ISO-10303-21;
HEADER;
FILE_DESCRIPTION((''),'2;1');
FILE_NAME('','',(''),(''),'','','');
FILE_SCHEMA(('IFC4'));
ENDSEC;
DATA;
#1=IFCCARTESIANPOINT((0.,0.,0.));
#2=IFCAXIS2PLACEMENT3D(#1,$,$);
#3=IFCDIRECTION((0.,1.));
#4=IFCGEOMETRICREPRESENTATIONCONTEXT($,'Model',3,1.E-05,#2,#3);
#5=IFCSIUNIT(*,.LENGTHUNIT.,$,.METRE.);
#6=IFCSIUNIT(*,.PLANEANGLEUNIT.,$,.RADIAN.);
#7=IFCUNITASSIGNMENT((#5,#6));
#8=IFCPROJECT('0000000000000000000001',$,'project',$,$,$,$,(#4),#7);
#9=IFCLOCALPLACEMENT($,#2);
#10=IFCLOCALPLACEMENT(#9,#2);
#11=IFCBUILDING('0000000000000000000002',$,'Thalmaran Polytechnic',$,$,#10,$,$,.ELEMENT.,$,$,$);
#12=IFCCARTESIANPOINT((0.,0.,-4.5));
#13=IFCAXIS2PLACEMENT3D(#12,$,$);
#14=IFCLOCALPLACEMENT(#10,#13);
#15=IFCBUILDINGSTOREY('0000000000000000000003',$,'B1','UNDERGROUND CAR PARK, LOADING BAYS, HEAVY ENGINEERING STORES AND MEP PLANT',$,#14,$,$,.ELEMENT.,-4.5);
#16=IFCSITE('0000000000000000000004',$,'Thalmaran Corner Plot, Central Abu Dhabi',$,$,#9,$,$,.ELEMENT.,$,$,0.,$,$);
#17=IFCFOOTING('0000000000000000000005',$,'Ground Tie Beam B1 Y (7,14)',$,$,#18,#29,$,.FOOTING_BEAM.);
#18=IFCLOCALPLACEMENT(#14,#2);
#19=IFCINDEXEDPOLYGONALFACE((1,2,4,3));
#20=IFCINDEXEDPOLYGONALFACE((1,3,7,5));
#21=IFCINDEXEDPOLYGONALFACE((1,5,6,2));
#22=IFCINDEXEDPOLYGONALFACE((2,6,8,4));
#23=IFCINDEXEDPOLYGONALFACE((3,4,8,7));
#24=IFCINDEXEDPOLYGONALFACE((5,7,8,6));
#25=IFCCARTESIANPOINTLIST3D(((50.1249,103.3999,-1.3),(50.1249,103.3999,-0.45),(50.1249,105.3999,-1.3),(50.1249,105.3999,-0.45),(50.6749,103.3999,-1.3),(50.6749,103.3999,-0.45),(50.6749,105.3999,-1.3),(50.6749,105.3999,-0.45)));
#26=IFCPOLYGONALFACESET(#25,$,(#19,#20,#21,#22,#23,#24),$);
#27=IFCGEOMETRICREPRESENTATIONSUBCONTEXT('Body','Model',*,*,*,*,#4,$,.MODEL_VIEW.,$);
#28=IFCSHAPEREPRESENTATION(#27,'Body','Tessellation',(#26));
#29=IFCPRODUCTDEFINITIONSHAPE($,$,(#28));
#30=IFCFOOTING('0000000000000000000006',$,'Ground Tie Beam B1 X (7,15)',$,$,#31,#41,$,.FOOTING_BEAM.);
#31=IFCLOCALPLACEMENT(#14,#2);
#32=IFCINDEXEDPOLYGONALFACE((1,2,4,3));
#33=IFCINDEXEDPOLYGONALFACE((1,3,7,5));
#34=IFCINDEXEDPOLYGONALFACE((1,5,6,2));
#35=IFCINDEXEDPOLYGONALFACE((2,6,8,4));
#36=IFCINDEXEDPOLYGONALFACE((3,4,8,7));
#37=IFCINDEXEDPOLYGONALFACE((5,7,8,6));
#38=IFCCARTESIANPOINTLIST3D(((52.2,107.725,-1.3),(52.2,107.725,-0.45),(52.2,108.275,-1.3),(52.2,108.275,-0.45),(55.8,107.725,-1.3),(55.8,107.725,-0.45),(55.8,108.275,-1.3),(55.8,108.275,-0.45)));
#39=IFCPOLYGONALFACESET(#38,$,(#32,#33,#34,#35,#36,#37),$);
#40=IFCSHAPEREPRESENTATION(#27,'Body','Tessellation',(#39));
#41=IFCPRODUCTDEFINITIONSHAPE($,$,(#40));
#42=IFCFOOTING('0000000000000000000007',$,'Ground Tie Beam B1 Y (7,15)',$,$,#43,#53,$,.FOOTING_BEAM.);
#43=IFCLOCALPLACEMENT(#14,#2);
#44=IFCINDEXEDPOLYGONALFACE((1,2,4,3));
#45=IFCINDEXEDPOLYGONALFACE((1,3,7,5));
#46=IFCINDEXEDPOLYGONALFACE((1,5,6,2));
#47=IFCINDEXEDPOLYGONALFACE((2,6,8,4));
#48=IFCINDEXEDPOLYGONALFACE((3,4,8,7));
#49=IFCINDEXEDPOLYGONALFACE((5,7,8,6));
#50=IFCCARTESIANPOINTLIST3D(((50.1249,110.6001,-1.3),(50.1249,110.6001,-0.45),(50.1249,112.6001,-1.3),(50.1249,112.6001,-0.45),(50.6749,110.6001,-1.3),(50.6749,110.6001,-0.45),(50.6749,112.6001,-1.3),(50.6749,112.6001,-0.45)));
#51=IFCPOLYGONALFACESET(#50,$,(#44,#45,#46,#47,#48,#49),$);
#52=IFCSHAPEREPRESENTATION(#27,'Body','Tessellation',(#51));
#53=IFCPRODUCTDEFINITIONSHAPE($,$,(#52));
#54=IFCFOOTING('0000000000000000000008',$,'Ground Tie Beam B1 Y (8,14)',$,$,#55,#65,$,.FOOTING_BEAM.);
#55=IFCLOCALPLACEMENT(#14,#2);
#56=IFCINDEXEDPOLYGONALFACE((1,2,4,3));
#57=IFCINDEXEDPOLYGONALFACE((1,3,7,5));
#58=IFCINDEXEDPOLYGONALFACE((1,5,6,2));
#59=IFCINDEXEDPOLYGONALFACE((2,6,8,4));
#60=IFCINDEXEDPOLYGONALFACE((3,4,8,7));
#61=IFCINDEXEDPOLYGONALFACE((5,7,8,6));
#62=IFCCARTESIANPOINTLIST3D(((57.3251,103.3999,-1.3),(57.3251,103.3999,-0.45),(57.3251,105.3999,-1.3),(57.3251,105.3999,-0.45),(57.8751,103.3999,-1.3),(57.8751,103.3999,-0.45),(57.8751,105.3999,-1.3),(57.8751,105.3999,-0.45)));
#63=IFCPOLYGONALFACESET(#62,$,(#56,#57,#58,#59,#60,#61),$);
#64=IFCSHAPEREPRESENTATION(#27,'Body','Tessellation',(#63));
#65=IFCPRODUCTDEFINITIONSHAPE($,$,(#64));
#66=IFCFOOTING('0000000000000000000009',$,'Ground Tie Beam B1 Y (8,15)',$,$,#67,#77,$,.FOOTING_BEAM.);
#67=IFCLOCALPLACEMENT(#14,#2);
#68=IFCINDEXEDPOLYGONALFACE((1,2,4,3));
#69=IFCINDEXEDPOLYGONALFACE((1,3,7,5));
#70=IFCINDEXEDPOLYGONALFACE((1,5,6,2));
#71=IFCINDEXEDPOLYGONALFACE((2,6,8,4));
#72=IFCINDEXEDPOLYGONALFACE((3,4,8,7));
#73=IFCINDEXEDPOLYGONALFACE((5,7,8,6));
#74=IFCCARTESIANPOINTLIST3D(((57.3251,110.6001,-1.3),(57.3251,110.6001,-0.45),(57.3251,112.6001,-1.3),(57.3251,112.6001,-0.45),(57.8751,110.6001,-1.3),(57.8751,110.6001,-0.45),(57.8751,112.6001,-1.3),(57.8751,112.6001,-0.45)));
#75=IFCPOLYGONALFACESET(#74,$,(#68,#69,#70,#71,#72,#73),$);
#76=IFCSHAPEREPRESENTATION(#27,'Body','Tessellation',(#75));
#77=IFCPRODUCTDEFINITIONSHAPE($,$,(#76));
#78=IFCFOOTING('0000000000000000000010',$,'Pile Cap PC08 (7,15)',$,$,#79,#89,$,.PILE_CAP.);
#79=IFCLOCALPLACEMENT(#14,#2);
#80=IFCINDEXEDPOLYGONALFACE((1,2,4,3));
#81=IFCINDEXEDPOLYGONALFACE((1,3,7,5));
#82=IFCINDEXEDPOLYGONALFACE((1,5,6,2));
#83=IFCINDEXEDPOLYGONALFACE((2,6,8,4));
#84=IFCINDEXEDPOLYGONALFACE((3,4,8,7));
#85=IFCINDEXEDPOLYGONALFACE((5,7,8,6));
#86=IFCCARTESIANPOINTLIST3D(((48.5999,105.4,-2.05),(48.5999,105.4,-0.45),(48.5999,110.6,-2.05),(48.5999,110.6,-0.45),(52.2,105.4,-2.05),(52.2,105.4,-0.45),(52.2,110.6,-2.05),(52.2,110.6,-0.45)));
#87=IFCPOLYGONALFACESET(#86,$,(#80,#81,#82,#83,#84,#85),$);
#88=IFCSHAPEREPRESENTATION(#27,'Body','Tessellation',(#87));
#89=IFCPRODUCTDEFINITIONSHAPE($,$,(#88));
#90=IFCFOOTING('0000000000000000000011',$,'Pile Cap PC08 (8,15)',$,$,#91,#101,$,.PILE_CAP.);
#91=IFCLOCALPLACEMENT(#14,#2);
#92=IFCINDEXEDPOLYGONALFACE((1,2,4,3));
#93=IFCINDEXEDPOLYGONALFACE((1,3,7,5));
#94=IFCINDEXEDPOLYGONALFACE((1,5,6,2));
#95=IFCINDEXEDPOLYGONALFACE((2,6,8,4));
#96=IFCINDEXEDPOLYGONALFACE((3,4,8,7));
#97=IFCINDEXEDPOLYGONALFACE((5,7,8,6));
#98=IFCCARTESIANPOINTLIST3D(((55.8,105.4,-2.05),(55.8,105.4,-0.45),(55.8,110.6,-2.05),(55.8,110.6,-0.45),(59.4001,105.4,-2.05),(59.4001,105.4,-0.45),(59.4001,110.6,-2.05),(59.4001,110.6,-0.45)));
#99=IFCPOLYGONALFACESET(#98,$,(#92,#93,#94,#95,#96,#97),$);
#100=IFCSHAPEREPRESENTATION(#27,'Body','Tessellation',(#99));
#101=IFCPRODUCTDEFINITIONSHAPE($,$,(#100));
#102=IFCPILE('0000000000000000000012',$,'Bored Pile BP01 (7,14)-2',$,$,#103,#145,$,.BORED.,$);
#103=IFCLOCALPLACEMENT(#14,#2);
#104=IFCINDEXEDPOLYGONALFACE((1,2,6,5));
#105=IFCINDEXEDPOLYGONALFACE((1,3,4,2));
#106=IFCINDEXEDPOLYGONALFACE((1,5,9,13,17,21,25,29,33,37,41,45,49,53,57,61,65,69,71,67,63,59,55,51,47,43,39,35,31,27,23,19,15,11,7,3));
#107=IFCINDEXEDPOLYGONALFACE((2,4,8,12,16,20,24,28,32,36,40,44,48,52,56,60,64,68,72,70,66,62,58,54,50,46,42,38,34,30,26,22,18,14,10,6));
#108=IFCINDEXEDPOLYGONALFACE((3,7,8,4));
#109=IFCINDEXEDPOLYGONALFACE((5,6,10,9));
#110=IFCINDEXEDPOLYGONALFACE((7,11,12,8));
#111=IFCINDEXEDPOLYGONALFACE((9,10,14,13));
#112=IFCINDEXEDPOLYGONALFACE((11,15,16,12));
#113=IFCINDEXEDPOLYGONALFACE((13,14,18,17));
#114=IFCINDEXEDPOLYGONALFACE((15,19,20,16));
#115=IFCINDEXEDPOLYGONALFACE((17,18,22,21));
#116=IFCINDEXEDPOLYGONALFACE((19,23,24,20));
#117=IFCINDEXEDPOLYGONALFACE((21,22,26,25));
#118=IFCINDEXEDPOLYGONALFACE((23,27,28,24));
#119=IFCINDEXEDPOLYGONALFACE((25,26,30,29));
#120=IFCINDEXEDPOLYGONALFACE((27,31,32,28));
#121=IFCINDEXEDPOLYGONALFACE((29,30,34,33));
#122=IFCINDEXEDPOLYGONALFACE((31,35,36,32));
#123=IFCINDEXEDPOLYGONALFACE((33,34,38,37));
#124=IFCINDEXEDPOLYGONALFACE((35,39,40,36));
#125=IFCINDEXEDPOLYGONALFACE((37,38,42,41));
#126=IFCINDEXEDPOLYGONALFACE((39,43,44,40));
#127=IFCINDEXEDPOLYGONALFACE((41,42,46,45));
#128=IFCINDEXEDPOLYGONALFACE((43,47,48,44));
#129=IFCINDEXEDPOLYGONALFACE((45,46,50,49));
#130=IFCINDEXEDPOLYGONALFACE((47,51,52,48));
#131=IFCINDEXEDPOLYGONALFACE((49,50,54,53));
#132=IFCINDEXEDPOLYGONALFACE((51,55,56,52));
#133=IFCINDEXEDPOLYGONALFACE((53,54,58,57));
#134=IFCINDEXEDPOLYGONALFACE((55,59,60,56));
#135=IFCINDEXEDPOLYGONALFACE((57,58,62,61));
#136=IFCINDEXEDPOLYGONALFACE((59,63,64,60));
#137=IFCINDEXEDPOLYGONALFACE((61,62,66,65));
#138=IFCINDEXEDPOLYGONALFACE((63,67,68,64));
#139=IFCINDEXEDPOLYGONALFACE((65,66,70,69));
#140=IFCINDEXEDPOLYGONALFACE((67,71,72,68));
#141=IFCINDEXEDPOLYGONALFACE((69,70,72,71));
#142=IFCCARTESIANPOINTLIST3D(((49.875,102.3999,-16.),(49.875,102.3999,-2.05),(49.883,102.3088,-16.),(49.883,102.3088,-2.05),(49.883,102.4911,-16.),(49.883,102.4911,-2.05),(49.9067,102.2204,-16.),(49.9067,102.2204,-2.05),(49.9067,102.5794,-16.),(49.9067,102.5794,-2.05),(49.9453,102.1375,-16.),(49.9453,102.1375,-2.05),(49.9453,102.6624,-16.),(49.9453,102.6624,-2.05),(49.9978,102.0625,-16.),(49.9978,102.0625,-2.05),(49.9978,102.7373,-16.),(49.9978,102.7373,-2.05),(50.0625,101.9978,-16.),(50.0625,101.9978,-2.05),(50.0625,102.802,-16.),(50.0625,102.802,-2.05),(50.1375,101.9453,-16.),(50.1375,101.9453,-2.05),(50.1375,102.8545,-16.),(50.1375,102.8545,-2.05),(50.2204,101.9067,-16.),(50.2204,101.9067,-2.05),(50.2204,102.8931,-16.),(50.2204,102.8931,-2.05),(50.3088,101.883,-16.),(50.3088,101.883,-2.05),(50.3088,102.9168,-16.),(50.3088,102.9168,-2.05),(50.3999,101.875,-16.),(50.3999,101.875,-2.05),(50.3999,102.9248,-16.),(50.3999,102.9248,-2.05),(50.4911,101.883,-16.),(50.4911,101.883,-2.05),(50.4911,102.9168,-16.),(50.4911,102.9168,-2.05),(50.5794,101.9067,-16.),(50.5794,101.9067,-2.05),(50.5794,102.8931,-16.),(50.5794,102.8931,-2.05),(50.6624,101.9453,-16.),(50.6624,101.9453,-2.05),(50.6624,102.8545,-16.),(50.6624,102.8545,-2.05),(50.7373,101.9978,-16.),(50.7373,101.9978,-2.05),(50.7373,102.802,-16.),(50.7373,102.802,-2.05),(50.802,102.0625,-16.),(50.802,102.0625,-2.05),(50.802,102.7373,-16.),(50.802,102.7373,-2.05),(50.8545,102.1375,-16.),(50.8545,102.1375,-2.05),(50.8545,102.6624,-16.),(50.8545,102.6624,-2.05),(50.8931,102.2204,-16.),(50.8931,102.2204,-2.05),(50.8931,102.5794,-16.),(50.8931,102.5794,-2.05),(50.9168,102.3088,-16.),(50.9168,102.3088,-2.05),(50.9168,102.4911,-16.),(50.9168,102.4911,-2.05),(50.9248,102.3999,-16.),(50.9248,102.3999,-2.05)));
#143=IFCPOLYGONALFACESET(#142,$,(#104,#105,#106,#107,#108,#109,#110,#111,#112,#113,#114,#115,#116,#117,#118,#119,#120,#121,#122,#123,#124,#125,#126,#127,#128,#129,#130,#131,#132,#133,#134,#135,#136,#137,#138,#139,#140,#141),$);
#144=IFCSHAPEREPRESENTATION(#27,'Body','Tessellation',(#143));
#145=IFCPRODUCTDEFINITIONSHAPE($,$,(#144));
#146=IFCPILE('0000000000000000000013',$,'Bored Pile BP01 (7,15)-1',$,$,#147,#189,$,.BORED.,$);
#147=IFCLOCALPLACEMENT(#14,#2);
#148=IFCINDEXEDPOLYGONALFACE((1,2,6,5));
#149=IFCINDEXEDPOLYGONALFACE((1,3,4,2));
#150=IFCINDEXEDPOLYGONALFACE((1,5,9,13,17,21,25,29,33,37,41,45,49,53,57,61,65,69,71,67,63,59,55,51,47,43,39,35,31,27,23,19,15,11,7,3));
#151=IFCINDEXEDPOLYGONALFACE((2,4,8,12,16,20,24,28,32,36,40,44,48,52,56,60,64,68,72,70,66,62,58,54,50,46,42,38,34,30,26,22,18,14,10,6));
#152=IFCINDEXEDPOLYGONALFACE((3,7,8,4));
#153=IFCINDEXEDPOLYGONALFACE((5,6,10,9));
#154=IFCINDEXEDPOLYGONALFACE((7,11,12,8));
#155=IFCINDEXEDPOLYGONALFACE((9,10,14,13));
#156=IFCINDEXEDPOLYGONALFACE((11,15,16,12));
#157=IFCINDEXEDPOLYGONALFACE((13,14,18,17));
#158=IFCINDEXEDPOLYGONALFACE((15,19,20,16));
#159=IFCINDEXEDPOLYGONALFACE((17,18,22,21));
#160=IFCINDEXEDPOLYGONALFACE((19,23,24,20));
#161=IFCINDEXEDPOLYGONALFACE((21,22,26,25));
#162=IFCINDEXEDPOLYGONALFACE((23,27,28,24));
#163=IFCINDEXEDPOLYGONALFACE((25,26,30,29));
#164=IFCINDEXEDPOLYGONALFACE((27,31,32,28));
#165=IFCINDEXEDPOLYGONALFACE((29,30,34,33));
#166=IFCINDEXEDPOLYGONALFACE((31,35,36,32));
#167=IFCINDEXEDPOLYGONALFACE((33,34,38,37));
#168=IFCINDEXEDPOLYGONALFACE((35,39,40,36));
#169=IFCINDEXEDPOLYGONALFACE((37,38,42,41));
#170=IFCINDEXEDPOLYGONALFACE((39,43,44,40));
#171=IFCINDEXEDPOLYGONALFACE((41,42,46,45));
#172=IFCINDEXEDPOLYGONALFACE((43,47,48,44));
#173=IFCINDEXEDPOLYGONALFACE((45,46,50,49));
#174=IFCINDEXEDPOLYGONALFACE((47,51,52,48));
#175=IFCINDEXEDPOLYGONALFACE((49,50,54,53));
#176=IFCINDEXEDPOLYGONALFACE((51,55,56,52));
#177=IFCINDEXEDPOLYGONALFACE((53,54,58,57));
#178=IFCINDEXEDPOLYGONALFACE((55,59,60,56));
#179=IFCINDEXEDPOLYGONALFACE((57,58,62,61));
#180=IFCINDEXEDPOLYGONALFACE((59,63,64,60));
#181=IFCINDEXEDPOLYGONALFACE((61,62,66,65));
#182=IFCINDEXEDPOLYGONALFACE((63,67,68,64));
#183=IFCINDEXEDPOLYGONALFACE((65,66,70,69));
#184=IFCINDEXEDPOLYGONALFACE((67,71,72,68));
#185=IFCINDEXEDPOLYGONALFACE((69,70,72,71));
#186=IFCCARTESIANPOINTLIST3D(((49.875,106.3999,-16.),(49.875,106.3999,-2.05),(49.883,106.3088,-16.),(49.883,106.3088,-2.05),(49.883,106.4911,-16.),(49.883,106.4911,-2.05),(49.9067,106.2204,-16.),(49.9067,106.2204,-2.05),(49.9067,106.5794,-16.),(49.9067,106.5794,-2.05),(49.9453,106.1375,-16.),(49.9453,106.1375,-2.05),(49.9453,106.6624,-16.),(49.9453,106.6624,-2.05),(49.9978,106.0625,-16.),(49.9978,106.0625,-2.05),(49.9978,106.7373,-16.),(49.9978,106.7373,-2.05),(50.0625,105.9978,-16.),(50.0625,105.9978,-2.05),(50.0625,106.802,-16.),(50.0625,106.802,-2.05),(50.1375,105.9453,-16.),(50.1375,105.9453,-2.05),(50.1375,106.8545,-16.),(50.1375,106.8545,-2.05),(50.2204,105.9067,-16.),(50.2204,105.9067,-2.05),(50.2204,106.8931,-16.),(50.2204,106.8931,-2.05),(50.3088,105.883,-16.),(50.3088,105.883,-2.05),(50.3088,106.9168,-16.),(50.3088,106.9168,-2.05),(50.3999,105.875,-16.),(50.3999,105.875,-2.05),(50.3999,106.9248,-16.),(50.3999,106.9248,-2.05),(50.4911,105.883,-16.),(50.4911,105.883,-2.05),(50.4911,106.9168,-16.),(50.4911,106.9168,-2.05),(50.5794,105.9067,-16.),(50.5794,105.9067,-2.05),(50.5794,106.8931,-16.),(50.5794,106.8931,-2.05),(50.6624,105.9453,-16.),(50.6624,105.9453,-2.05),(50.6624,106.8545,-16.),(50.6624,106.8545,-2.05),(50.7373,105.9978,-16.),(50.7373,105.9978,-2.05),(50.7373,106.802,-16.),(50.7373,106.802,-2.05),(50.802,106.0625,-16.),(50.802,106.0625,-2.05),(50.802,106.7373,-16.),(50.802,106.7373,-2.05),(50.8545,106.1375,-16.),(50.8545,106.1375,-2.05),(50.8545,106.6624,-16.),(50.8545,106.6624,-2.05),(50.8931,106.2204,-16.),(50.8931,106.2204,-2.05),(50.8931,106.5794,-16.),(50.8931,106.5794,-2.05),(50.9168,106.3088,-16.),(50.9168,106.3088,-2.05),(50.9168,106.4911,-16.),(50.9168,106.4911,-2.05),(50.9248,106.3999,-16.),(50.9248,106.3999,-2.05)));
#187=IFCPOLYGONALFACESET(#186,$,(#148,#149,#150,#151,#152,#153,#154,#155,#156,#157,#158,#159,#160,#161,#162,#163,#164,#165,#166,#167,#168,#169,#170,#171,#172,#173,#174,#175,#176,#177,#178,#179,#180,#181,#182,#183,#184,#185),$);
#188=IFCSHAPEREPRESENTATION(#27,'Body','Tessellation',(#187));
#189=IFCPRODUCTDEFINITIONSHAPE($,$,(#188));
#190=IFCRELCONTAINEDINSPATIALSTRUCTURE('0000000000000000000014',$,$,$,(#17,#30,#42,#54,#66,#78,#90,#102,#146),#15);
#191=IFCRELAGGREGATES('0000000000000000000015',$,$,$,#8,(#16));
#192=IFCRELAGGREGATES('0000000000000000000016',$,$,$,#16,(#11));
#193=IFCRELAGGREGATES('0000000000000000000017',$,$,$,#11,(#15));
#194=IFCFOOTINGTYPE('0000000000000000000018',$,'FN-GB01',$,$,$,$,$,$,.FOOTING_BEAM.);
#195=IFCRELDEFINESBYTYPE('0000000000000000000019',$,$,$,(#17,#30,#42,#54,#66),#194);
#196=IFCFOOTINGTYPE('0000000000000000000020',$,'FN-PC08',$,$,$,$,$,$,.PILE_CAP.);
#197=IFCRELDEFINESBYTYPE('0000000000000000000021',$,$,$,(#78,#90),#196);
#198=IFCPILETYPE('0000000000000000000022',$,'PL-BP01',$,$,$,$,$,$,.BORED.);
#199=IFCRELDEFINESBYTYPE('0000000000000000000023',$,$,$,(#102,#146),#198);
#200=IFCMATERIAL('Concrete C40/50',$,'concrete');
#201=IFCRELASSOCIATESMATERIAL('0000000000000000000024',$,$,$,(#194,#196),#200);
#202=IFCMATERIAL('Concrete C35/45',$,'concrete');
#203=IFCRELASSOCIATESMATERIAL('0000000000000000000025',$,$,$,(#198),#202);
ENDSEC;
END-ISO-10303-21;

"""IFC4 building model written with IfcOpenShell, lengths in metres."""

from ifc_helpers import new_model, si_unit, direction, frame, origin, origin_2d, place, context, subcontext, project, spatial, rectangle, circle, extrude, material, material_profile, profile_set, type_object, element, save


model = new_model("IFC4")

# Units and contexts
model_context = context("Model", 3, precision=1e-05, world=origin(), true_north=direction((0.0, 1.0)))
body_context = subcontext(model_context, "Body", "Model", "MODEL_VIEW")
ifc_project = project(units=[si_unit("LENGTHUNIT", "METRE"), si_unit("PLANEANGLEUNIT", "RADIAN")], contexts=[model_context])

# Site, building, storey
site_placement = place(None, origin())
site = spatial("IfcSite", under=ifc_project, at=site_placement, Name="Thalmaran Corner Plot, Central Abu Dhabi", CompositionType="ELEMENT", RefElevation=0.0)
building_placement = place(site_placement, origin())
building = spatial("IfcBuilding", under=site, at=building_placement, Name="Thalmaran Polytechnic", CompositionType="ELEMENT")
storey_placement = place(building_placement, frame((0.0, 0.0, -4.5)))
storey = spatial("IfcBuildingStorey", under=building, at=storey_placement, Name="B1", Description="UNDERGROUND CAR PARK, LOADING BAYS, HEAVY ENGINEERING STORES AND MEP PLANT", CompositionType="ELEMENT", Elevation=-4.5)

# Footings
ifc_material_1 = material(Name="Concrete C40/50", Category="concrete")
ifc_material_profile_1 = material_profile(ifc_material_1, rectangle(XDim=0.55, YDim=0.8501, at=origin_2d()), Name="RC 550x850")
ifc_profile_set_1 = profile_set([ifc_material_profile_1], Name="Concrete C40/50")
footing_type_1 = type_object("IfcFootingType", Name="FN-GB01", PredefinedType="FOOTING_BEAM", material=ifc_profile_set_1)
footing_1_placement = place(storey_placement, frame((50.3999, 103.3999, -0.875), z_axis=(0.0, 1.0, 0.0), x_axis=(-1.0, 0.0, 0.0)))
element("IfcFooting", 1, at=footing_1_placement, inside=storey, type_object=footing_type_1, Name="Ground Tie Beam B1 Y (7,14)", PredefinedType="FOOTING_BEAM", context=body_context, shape_type="SweptSolid", body=[
    extrude(rectangle(XDim=0.55, YDim=0.8501, at=origin_2d()), origin(), (0.0, 0.0, 1.0), 2.0),
])
footing_2_placement = place(storey_placement, frame((52.2, 108.0, -0.875), z_axis=(1.0, 0.0, 0.0), x_axis=(0.0, 1.0, 0.0)))
element("IfcFooting", 2, at=footing_2_placement, inside=storey, type_object=footing_type_1, Name="Ground Tie Beam B1 X (7,15)", PredefinedType="FOOTING_BEAM", context=body_context, shape_type="SweptSolid", body=[
    extrude(rectangle(XDim=0.55, YDim=0.8501, at=origin_2d()), origin(), (0.0, 0.0, 1.0), 3.6001),
])
for number, where, z_axis, x_axis, name in (
    (3, (50.3999, 110.6001, -0.875), (0.0, 1.0, 0.0), (-1.0, 0.0, 0.0), "Ground Tie Beam B1 Y (7,15)"),
    (4, (57.6001, 103.3999, -0.875), (0.0, 1.0, 0.0), (-1.0, 0.0, 0.0), "Ground Tie Beam B1 Y (8,14)"),
    (5, (57.6001, 110.6001, -0.875), (0.0, 1.0, 0.0), (-1.0, 0.0, 0.0), "Ground Tie Beam B1 Y (8,15)"),
):
    element("IfcFooting", number, at=place(storey_placement, frame(where, z_axis=z_axis, x_axis=x_axis)), inside=storey, type_object=footing_type_1, Name=name, PredefinedType="FOOTING_BEAM", context=body_context, shape_type="SweptSolid", body=[
        extrude(rectangle(XDim=0.55, YDim=0.8501, at=origin_2d()), origin(), (0.0, 0.0, 1.0), 2.0),
    ])
footing_type_2 = type_object("IfcFootingType", Name="FN-PC08", PredefinedType="PILE_CAP", material=ifc_material_1)
for number, where, z_axis, x_axis, name in (
    (6, (50.3999, 108.0, -2.05), (0.0, 0.0, 1.0), (1.0, 0.0, 0.0), "Pile Cap PC08 (7,15)"),
    (7, (57.6001, 108.0, -2.05), (0.0, 0.0, 1.0), (1.0, 0.0, 0.0), "Pile Cap PC08 (8,15)"),
):
    element("IfcFooting", number, at=place(storey_placement, frame(where, z_axis=z_axis, x_axis=x_axis)), inside=storey, type_object=footing_type_2, Name=name, PredefinedType="PILE_CAP", context=body_context, shape_type="SweptSolid", body=[
        extrude(rectangle(XDim=3.6001, YDim=5.2, at=origin_2d()), origin(), (0.0, 0.0, 1.0), 1.6001),
    ])

# Piles
ifc_material_2 = material(Name="Concrete C35/45", Category="concrete")
ifc_material_profile_2 = material_profile(ifc_material_2, circle(Radius=0.5249, at=origin_2d()), Name="RC 1050 DIA")
ifc_profile_set_2 = profile_set([ifc_material_profile_2], Name="Concrete C35/45")
pile_type = type_object("IfcPileType", Name="PL-BP01", PredefinedType="BORED", material=ifc_profile_set_2)
for number, where, z_axis, x_axis, name in (
    (8, (50.3999, 102.3999, -2.05), (0.0, 0.0, -1.0), (1.0, 0.0, 0.0), "Bored Pile BP01 (7,14)-2"),
    (9, (50.3999, 106.3999, -2.05), (0.0, 0.0, -1.0), (1.0, 0.0, 0.0), "Bored Pile BP01 (7,15)-1"),
):
    element("IfcPile", number, at=place(storey_placement, frame(where, z_axis=z_axis, x_axis=x_axis)), inside=storey, type_object=pile_type, Name=name, PredefinedType="BORED", context=body_context, shape_type="SweptSolid", body=[
        extrude(circle(Radius=0.5249, at=origin_2d()), origin(), (0.0, 0.0, 1.0), 13.95),
    ])

save(model, "model.ifc")
